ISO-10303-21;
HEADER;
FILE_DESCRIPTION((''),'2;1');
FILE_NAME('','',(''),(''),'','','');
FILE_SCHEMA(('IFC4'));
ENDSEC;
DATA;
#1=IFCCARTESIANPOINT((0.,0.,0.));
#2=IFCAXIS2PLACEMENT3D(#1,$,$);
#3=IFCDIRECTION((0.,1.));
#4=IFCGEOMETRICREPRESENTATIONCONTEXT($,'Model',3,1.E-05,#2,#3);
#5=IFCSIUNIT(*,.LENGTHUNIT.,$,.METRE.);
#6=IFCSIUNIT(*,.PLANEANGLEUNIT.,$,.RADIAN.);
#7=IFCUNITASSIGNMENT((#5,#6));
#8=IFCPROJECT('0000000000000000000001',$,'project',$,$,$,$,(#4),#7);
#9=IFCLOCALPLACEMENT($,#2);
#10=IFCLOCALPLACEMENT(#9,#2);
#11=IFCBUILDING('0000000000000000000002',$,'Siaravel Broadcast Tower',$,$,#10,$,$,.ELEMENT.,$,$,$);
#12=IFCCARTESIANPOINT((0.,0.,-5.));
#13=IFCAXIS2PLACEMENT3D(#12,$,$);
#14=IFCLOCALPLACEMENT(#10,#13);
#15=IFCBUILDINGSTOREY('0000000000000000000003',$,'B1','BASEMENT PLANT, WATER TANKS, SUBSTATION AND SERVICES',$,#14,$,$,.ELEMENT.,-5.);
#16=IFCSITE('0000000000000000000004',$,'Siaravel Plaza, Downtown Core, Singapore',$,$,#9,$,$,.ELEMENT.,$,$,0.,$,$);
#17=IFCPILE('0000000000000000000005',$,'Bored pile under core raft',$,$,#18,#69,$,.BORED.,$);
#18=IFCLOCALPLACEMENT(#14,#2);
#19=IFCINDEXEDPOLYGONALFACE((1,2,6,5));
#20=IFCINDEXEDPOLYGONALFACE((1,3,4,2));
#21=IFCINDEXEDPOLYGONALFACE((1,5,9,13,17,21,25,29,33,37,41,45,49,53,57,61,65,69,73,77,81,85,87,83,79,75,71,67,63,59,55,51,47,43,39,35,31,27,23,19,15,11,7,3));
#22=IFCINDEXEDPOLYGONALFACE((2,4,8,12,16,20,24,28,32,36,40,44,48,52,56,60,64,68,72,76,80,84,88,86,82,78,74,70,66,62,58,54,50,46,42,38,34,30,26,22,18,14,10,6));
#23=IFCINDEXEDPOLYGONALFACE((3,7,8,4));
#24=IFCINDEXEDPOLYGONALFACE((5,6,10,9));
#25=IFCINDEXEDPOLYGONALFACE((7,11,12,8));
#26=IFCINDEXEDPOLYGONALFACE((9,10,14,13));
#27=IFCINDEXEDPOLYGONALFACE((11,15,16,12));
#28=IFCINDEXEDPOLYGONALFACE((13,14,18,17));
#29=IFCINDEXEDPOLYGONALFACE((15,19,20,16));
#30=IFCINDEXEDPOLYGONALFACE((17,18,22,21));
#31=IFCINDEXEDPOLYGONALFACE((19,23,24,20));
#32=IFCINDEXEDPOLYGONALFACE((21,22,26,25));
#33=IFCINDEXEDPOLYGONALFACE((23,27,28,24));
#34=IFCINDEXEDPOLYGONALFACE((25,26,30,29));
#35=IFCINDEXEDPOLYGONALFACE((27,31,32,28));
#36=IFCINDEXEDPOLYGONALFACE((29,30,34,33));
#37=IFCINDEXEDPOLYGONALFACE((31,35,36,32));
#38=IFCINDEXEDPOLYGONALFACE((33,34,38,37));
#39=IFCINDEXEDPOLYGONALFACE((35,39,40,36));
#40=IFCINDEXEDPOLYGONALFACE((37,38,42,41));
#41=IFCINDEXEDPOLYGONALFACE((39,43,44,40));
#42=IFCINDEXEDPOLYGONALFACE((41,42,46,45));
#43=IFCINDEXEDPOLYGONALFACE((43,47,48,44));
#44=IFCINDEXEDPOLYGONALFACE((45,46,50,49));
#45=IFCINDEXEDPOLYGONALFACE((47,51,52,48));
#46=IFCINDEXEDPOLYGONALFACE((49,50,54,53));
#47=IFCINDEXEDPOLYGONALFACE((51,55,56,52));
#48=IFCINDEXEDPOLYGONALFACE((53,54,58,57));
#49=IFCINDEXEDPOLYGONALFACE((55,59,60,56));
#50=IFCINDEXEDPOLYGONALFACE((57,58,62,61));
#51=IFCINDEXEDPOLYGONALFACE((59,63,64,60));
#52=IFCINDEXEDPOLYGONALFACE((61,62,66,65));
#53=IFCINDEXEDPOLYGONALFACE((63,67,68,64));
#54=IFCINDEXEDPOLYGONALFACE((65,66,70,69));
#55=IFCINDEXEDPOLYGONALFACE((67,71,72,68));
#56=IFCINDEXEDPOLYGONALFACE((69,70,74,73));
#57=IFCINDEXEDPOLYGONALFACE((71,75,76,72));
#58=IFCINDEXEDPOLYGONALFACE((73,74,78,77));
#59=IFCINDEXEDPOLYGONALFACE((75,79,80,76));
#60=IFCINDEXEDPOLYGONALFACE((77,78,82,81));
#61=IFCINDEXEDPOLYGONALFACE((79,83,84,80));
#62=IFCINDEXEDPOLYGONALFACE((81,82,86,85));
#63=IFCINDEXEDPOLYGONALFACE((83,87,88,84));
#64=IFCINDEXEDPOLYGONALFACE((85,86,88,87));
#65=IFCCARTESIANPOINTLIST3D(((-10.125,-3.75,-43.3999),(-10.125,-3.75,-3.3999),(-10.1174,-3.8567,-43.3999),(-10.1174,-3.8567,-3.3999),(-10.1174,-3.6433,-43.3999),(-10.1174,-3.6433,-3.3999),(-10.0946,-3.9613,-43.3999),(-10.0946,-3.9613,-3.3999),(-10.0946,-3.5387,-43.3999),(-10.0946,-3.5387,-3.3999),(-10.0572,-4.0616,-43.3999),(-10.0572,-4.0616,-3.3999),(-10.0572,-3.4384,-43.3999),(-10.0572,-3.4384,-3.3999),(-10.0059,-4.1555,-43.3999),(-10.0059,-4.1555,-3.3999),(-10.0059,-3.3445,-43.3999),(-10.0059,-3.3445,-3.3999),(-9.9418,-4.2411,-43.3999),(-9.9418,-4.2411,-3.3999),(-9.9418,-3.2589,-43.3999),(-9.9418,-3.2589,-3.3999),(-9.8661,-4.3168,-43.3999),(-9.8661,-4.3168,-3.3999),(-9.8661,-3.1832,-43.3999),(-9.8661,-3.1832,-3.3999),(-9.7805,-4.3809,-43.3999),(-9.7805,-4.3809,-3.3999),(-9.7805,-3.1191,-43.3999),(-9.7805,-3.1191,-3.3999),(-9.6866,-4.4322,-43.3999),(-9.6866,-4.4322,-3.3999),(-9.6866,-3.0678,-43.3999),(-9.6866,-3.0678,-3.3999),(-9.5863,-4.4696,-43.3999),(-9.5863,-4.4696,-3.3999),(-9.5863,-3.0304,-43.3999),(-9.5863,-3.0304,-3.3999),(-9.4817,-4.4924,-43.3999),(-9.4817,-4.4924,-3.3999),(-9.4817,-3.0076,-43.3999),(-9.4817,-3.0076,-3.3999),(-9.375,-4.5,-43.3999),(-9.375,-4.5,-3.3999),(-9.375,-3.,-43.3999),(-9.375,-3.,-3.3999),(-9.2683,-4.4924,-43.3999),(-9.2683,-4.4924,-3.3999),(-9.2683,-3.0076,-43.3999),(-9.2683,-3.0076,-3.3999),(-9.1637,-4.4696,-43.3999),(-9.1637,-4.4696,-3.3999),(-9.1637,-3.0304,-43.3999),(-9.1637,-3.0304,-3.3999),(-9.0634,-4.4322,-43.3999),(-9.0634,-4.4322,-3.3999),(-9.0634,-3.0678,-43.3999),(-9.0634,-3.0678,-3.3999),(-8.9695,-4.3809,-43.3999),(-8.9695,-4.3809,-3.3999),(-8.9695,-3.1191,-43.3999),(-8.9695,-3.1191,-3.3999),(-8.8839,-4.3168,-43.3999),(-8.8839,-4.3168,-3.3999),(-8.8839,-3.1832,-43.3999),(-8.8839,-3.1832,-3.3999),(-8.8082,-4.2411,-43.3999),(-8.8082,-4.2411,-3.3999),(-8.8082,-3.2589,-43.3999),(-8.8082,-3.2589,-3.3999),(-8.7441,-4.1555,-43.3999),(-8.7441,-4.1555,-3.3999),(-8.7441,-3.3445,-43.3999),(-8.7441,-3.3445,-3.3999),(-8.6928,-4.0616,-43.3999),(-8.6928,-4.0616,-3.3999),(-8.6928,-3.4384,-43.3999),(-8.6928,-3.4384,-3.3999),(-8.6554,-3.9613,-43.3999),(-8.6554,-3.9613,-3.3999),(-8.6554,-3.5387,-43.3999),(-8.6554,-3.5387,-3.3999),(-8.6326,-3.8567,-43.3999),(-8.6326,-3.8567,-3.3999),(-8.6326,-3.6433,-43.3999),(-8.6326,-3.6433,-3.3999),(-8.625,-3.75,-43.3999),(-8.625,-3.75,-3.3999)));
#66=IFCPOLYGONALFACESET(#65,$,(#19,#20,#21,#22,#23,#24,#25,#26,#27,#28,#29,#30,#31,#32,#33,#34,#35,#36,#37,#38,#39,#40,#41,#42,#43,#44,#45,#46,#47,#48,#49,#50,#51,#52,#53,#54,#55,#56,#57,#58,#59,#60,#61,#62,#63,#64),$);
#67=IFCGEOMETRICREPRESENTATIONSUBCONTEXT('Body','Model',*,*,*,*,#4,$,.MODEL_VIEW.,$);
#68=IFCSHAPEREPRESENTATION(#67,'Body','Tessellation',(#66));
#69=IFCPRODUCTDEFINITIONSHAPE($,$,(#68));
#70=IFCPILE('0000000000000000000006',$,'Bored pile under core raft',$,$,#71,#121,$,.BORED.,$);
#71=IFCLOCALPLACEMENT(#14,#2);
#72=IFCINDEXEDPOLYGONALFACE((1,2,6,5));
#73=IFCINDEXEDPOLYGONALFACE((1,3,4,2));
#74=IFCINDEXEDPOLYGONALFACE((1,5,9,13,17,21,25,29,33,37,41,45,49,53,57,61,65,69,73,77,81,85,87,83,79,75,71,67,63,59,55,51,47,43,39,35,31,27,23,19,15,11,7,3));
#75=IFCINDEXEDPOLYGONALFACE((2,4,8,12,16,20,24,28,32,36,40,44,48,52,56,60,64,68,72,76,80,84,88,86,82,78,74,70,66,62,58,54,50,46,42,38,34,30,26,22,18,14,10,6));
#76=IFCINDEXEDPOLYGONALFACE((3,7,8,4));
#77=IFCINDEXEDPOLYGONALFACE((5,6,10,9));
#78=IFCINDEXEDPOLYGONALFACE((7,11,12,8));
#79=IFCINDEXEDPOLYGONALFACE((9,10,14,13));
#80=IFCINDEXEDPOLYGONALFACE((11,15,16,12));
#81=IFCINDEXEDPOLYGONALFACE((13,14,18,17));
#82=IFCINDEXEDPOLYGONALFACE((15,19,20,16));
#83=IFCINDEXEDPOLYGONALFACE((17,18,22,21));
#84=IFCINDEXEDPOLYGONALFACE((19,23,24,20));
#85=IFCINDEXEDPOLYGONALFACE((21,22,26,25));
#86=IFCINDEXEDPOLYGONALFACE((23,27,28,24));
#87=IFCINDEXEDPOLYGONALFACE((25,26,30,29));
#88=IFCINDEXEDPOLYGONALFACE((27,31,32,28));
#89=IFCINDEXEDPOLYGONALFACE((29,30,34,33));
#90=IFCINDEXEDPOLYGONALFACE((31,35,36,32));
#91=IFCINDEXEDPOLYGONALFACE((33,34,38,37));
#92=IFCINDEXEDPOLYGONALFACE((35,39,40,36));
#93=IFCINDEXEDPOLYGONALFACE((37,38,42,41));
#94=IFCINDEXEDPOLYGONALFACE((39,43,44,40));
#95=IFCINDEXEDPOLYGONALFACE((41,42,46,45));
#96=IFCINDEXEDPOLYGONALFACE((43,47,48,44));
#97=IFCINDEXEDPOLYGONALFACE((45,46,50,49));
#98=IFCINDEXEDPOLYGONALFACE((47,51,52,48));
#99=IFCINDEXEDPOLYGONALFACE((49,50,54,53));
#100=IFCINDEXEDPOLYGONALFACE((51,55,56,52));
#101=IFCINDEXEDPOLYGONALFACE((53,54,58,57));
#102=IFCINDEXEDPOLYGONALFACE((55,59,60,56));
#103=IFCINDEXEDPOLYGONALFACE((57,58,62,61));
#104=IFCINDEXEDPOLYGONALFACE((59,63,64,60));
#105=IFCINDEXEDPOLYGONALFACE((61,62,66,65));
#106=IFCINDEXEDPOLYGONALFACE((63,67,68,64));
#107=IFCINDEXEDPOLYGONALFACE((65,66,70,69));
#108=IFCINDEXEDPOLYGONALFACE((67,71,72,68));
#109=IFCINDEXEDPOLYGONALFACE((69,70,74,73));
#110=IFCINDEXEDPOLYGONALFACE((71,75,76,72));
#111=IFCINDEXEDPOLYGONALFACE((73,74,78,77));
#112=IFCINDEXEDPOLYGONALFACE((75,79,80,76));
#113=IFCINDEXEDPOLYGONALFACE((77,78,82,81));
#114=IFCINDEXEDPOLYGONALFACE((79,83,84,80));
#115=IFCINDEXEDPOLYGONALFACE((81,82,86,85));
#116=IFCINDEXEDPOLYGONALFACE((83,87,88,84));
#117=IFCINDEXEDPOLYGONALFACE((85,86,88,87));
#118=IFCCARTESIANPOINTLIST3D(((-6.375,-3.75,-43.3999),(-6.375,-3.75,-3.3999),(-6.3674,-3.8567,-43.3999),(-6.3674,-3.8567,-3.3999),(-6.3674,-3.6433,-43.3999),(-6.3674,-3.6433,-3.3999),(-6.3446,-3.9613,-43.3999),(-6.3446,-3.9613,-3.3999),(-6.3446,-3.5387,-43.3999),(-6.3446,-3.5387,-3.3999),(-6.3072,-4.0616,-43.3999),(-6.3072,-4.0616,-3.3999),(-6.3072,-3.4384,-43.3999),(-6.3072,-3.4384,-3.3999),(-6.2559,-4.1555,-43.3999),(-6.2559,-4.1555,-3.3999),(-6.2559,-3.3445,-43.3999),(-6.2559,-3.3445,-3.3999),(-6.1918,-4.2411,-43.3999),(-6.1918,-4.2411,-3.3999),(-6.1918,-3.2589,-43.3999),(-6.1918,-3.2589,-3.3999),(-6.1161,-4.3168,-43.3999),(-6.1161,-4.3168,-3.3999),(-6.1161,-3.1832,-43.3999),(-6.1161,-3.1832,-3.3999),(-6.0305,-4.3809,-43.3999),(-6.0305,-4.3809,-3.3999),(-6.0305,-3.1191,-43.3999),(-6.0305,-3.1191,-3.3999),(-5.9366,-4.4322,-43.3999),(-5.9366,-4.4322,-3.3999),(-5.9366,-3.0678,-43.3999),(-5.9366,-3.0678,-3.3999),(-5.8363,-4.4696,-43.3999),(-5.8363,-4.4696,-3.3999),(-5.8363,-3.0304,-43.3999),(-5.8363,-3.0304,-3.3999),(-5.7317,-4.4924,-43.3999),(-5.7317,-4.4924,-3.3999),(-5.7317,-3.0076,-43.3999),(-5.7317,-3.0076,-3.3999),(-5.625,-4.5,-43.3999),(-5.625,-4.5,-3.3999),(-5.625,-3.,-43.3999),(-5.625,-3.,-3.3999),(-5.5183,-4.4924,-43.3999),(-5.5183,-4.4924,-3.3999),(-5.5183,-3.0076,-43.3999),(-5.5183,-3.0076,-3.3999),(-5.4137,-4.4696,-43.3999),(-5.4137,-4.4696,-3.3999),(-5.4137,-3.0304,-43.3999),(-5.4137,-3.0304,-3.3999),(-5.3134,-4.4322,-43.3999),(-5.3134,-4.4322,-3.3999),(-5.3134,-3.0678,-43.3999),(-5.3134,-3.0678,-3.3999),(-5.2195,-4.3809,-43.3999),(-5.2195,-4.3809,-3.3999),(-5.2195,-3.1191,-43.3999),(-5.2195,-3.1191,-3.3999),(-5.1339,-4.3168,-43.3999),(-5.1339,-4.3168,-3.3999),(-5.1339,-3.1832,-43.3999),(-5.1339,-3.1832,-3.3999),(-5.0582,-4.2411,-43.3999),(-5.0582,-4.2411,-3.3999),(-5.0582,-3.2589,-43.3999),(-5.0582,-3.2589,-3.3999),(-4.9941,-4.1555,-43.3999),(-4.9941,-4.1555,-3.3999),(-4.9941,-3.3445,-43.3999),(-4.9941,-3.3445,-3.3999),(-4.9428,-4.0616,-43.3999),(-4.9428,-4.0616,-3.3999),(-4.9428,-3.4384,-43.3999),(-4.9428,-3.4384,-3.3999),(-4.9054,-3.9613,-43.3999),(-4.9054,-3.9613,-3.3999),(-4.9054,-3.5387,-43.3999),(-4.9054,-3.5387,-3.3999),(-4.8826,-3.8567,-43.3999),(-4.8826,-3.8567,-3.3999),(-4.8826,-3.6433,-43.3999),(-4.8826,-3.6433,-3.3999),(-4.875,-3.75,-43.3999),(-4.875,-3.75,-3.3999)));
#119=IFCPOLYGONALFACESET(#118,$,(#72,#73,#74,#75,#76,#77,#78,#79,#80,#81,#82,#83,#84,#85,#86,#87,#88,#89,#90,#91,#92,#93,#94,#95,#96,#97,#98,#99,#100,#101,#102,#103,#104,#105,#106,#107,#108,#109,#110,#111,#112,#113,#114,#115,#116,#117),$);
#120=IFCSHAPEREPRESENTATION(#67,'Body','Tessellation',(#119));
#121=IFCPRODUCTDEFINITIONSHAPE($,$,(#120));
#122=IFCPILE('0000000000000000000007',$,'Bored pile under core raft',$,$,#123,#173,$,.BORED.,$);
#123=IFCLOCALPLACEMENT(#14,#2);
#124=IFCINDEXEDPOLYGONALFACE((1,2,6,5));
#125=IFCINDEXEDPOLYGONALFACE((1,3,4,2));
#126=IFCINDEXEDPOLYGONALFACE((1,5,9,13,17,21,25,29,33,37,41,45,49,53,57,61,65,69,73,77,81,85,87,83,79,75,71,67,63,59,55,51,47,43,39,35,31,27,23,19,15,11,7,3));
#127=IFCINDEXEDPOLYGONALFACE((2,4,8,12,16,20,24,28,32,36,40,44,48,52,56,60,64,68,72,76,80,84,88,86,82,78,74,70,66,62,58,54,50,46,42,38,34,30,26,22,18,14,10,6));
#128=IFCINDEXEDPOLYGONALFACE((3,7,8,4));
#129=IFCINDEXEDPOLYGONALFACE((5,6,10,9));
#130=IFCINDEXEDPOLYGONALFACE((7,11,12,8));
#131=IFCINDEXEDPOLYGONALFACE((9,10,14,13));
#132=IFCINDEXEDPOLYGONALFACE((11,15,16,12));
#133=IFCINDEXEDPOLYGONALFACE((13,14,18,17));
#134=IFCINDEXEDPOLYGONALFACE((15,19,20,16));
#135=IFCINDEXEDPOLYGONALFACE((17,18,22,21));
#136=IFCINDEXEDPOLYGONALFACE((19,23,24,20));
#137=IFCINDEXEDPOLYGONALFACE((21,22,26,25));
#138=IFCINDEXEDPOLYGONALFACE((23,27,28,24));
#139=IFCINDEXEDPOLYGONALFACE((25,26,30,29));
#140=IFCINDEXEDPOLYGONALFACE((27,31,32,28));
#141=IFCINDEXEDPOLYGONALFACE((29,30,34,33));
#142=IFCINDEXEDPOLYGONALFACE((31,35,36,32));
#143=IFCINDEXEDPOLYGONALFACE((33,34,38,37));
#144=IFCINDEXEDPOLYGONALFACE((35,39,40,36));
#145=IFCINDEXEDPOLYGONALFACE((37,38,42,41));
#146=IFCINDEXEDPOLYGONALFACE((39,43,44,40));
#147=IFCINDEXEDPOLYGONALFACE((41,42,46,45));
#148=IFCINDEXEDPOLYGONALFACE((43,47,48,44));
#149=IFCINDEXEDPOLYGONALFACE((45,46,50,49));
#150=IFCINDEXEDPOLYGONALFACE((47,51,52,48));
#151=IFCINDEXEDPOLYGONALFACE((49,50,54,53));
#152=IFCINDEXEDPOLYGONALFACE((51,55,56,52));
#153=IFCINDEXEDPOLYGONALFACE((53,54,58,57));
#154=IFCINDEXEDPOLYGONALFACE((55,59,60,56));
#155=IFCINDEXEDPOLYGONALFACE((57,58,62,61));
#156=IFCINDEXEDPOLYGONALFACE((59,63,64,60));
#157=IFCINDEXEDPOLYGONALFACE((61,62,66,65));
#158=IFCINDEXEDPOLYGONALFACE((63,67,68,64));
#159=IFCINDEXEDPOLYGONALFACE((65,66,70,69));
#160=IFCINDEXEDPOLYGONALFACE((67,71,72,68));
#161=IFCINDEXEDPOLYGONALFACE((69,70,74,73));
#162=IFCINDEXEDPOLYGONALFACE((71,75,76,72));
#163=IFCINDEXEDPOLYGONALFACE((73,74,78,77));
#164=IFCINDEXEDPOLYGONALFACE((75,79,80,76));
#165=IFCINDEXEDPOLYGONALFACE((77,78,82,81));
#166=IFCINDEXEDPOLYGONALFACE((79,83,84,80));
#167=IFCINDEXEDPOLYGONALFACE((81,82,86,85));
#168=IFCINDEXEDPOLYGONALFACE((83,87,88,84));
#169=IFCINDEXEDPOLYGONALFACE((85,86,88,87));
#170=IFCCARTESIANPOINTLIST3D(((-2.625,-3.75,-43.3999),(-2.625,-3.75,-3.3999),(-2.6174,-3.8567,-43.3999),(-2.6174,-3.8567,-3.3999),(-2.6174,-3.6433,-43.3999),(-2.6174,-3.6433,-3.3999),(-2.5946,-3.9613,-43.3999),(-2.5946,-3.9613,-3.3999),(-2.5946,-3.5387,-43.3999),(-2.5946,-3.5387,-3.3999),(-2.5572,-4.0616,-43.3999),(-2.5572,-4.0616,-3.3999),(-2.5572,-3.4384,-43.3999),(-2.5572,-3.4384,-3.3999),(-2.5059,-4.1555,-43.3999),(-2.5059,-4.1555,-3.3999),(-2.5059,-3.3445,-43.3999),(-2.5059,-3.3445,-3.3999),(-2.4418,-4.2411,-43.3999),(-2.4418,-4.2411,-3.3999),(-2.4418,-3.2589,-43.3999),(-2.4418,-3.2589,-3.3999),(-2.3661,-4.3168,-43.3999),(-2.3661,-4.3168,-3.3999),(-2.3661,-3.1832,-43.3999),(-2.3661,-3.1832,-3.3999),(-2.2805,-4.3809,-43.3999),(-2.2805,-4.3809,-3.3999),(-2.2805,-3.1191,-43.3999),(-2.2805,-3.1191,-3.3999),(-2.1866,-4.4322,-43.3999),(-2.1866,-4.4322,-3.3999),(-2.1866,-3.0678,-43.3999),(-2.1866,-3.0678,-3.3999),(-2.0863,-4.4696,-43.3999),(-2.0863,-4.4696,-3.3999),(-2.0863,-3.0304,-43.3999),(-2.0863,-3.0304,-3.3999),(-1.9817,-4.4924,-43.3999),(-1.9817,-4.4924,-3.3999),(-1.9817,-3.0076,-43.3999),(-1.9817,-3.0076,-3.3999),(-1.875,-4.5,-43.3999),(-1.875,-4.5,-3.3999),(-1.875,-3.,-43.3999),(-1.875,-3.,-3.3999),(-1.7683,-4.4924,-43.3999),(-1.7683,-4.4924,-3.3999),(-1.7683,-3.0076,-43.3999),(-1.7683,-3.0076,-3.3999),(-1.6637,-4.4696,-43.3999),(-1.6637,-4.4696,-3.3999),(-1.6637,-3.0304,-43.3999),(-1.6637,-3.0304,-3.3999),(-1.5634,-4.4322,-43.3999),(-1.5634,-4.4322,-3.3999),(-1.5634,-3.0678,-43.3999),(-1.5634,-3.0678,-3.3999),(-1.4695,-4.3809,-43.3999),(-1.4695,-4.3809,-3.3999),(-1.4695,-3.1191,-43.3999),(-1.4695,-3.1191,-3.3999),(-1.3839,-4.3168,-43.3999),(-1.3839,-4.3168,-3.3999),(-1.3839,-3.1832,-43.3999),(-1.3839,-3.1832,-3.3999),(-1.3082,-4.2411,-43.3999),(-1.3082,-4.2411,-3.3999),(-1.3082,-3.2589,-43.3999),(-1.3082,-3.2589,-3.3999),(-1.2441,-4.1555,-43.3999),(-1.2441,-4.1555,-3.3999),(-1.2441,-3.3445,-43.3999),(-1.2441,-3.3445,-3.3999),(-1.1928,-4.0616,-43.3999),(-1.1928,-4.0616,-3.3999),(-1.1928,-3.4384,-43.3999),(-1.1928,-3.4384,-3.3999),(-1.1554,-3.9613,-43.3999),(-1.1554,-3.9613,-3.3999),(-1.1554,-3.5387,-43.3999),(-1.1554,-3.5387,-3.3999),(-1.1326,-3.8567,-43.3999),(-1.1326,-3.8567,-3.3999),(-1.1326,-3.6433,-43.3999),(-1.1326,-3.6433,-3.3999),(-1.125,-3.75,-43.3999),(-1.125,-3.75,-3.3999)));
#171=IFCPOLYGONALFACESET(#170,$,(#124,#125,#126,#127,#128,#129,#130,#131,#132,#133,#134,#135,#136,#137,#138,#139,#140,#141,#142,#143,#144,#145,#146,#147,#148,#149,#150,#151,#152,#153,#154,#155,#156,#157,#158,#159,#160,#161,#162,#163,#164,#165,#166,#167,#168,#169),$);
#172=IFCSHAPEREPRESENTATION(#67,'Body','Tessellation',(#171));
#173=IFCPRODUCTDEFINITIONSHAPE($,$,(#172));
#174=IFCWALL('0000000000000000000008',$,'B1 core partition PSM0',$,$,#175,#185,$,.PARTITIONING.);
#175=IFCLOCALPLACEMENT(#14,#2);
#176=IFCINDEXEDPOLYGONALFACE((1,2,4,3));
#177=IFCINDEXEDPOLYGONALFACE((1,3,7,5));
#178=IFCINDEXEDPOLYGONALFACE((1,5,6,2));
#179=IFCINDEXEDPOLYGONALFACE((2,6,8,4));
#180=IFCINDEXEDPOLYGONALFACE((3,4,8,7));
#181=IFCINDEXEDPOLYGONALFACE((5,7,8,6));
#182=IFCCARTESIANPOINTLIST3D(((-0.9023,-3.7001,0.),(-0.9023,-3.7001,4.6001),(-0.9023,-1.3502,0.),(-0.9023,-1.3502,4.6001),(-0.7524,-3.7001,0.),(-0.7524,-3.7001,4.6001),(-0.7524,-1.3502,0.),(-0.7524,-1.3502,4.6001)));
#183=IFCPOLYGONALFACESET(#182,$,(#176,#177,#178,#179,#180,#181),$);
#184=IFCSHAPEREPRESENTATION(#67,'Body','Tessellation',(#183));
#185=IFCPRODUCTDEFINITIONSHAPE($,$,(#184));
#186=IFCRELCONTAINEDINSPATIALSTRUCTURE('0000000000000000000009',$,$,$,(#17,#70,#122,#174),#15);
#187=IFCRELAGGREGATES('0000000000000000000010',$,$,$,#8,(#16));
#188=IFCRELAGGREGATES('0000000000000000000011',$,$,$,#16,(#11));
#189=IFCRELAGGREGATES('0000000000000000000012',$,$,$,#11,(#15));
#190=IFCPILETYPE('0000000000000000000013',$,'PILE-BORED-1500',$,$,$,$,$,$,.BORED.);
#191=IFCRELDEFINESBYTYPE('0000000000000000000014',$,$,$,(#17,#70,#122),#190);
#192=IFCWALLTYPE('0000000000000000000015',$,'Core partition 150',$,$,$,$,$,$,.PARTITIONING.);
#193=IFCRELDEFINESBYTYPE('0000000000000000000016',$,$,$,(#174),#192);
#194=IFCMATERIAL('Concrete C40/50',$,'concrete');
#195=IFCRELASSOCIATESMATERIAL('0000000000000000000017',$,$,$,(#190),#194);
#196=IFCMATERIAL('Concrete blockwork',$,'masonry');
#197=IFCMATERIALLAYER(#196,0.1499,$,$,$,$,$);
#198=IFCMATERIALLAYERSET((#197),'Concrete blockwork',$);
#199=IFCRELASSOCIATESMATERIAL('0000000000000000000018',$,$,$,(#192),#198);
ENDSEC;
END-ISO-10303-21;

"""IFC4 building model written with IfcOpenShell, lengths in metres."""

from ifc_helpers import new_model, si_unit, direction, frame, frame_2d, origin, origin_2d, place, context, subcontext, project, spatial, rectangle, circle, extrude, material, layer, layer_set, material_profile, profile_set, type_object, element, save


model = new_model("IFC4")

# Units and contexts
model_context = context("Model", 3, precision=1e-05, world=origin(), true_north=direction((0.0, 1.0)))
body_context = subcontext(model_context, "Body", "Model", "MODEL_VIEW")
ifc_project = project(units=[si_unit("LENGTHUNIT", "METRE"), si_unit("PLANEANGLEUNIT", "RADIAN")], contexts=[model_context])

# Site, building, storey
site_placement = place(None, origin())
site = spatial("IfcSite", under=ifc_project, at=site_placement, Name="Siaravel Plaza, Downtown Core, Singapore", CompositionType="ELEMENT", RefElevation=0.0)
building_placement = place(site_placement, origin())
building = spatial("IfcBuilding", under=site, at=building_placement, Name="Siaravel Broadcast Tower", CompositionType="ELEMENT")
storey_placement = place(building_placement, frame((0.0, 0.0, -5.0)))
storey = spatial("IfcBuildingStorey", under=building, at=storey_placement, Name="B1", Description="BASEMENT PLANT, WATER TANKS, SUBSTATION AND SERVICES", CompositionType="ELEMENT", Elevation=-5.0)

# Piles
ifc_material_1 = material(Name="Concrete C40/50", Category="concrete")
ifc_material_profile = material_profile(ifc_material_1, circle(Radius=0.75, at=origin_2d()))
ifc_profile_set = profile_set([ifc_material_profile], Name="Concrete C40/50")
pile_type = type_object("IfcPileType", Name="PILE-BORED-1500", PredefinedType="BORED", material=ifc_profile_set)
for number, where, z_axis, x_axis, name in (
    (1, (-9.375, -3.75, -3.3999), (0.0, 0.0, -1.0), (1.0, 0.0, 0.0), "Bored pile under core raft"),
    (2, (-5.625, -3.75, -3.3999), (0.0, 0.0, -1.0), (1.0, 0.0, 0.0), "Bored pile under core raft"),
    (3, (-1.875, -3.75, -3.3999), (0.0, 0.0, -1.0), (1.0, 0.0, 0.0), "Bored pile under core raft"),
):
    element("IfcPile", number, at=place(storey_placement, frame(where, z_axis=z_axis, x_axis=x_axis)), inside=storey, type_object=pile_type, Name=name, PredefinedType="BORED", context=body_context, shape_type="SweptSolid", body=[
        extrude(circle(Radius=0.75, at=origin_2d()), origin(), (0.0, 0.0, 1.0), 40.0),
    ])

# Wall
ifc_material_2 = material(Name="Concrete blockwork", Category="masonry")
ifc_layer_1 = layer(ifc_material_2, 0.1499)
ifc_layer_set_1 = layer_set([ifc_layer_1], Name="Concrete blockwork")
wall_type_1 = type_object("IfcWallType", Name="Core partition 150", PredefinedType="PARTITIONING", material=ifc_layer_set_1)
wall_1_placement = place(storey_placement, frame((-0.8274, -3.7, 0.0), z_axis=(0.0, 0.0, 1.0), x_axis=(0.0, 1.0, 0.0)))
element("IfcWall", 4, at=wall_1_placement, inside=storey, type_object=wall_type_1, Name="B1 core partition PSM0", PredefinedType="PARTITIONING", context=body_context, shape_type="SweptSolid", body=[
    extrude(rectangle(XDim=2.3499, YDim=0.1499, at=frame_2d((1.1748, 0.0))), origin(), (0.0, 0.0, 1.0), 4.6001),
])

save(model, "model.ifc")
